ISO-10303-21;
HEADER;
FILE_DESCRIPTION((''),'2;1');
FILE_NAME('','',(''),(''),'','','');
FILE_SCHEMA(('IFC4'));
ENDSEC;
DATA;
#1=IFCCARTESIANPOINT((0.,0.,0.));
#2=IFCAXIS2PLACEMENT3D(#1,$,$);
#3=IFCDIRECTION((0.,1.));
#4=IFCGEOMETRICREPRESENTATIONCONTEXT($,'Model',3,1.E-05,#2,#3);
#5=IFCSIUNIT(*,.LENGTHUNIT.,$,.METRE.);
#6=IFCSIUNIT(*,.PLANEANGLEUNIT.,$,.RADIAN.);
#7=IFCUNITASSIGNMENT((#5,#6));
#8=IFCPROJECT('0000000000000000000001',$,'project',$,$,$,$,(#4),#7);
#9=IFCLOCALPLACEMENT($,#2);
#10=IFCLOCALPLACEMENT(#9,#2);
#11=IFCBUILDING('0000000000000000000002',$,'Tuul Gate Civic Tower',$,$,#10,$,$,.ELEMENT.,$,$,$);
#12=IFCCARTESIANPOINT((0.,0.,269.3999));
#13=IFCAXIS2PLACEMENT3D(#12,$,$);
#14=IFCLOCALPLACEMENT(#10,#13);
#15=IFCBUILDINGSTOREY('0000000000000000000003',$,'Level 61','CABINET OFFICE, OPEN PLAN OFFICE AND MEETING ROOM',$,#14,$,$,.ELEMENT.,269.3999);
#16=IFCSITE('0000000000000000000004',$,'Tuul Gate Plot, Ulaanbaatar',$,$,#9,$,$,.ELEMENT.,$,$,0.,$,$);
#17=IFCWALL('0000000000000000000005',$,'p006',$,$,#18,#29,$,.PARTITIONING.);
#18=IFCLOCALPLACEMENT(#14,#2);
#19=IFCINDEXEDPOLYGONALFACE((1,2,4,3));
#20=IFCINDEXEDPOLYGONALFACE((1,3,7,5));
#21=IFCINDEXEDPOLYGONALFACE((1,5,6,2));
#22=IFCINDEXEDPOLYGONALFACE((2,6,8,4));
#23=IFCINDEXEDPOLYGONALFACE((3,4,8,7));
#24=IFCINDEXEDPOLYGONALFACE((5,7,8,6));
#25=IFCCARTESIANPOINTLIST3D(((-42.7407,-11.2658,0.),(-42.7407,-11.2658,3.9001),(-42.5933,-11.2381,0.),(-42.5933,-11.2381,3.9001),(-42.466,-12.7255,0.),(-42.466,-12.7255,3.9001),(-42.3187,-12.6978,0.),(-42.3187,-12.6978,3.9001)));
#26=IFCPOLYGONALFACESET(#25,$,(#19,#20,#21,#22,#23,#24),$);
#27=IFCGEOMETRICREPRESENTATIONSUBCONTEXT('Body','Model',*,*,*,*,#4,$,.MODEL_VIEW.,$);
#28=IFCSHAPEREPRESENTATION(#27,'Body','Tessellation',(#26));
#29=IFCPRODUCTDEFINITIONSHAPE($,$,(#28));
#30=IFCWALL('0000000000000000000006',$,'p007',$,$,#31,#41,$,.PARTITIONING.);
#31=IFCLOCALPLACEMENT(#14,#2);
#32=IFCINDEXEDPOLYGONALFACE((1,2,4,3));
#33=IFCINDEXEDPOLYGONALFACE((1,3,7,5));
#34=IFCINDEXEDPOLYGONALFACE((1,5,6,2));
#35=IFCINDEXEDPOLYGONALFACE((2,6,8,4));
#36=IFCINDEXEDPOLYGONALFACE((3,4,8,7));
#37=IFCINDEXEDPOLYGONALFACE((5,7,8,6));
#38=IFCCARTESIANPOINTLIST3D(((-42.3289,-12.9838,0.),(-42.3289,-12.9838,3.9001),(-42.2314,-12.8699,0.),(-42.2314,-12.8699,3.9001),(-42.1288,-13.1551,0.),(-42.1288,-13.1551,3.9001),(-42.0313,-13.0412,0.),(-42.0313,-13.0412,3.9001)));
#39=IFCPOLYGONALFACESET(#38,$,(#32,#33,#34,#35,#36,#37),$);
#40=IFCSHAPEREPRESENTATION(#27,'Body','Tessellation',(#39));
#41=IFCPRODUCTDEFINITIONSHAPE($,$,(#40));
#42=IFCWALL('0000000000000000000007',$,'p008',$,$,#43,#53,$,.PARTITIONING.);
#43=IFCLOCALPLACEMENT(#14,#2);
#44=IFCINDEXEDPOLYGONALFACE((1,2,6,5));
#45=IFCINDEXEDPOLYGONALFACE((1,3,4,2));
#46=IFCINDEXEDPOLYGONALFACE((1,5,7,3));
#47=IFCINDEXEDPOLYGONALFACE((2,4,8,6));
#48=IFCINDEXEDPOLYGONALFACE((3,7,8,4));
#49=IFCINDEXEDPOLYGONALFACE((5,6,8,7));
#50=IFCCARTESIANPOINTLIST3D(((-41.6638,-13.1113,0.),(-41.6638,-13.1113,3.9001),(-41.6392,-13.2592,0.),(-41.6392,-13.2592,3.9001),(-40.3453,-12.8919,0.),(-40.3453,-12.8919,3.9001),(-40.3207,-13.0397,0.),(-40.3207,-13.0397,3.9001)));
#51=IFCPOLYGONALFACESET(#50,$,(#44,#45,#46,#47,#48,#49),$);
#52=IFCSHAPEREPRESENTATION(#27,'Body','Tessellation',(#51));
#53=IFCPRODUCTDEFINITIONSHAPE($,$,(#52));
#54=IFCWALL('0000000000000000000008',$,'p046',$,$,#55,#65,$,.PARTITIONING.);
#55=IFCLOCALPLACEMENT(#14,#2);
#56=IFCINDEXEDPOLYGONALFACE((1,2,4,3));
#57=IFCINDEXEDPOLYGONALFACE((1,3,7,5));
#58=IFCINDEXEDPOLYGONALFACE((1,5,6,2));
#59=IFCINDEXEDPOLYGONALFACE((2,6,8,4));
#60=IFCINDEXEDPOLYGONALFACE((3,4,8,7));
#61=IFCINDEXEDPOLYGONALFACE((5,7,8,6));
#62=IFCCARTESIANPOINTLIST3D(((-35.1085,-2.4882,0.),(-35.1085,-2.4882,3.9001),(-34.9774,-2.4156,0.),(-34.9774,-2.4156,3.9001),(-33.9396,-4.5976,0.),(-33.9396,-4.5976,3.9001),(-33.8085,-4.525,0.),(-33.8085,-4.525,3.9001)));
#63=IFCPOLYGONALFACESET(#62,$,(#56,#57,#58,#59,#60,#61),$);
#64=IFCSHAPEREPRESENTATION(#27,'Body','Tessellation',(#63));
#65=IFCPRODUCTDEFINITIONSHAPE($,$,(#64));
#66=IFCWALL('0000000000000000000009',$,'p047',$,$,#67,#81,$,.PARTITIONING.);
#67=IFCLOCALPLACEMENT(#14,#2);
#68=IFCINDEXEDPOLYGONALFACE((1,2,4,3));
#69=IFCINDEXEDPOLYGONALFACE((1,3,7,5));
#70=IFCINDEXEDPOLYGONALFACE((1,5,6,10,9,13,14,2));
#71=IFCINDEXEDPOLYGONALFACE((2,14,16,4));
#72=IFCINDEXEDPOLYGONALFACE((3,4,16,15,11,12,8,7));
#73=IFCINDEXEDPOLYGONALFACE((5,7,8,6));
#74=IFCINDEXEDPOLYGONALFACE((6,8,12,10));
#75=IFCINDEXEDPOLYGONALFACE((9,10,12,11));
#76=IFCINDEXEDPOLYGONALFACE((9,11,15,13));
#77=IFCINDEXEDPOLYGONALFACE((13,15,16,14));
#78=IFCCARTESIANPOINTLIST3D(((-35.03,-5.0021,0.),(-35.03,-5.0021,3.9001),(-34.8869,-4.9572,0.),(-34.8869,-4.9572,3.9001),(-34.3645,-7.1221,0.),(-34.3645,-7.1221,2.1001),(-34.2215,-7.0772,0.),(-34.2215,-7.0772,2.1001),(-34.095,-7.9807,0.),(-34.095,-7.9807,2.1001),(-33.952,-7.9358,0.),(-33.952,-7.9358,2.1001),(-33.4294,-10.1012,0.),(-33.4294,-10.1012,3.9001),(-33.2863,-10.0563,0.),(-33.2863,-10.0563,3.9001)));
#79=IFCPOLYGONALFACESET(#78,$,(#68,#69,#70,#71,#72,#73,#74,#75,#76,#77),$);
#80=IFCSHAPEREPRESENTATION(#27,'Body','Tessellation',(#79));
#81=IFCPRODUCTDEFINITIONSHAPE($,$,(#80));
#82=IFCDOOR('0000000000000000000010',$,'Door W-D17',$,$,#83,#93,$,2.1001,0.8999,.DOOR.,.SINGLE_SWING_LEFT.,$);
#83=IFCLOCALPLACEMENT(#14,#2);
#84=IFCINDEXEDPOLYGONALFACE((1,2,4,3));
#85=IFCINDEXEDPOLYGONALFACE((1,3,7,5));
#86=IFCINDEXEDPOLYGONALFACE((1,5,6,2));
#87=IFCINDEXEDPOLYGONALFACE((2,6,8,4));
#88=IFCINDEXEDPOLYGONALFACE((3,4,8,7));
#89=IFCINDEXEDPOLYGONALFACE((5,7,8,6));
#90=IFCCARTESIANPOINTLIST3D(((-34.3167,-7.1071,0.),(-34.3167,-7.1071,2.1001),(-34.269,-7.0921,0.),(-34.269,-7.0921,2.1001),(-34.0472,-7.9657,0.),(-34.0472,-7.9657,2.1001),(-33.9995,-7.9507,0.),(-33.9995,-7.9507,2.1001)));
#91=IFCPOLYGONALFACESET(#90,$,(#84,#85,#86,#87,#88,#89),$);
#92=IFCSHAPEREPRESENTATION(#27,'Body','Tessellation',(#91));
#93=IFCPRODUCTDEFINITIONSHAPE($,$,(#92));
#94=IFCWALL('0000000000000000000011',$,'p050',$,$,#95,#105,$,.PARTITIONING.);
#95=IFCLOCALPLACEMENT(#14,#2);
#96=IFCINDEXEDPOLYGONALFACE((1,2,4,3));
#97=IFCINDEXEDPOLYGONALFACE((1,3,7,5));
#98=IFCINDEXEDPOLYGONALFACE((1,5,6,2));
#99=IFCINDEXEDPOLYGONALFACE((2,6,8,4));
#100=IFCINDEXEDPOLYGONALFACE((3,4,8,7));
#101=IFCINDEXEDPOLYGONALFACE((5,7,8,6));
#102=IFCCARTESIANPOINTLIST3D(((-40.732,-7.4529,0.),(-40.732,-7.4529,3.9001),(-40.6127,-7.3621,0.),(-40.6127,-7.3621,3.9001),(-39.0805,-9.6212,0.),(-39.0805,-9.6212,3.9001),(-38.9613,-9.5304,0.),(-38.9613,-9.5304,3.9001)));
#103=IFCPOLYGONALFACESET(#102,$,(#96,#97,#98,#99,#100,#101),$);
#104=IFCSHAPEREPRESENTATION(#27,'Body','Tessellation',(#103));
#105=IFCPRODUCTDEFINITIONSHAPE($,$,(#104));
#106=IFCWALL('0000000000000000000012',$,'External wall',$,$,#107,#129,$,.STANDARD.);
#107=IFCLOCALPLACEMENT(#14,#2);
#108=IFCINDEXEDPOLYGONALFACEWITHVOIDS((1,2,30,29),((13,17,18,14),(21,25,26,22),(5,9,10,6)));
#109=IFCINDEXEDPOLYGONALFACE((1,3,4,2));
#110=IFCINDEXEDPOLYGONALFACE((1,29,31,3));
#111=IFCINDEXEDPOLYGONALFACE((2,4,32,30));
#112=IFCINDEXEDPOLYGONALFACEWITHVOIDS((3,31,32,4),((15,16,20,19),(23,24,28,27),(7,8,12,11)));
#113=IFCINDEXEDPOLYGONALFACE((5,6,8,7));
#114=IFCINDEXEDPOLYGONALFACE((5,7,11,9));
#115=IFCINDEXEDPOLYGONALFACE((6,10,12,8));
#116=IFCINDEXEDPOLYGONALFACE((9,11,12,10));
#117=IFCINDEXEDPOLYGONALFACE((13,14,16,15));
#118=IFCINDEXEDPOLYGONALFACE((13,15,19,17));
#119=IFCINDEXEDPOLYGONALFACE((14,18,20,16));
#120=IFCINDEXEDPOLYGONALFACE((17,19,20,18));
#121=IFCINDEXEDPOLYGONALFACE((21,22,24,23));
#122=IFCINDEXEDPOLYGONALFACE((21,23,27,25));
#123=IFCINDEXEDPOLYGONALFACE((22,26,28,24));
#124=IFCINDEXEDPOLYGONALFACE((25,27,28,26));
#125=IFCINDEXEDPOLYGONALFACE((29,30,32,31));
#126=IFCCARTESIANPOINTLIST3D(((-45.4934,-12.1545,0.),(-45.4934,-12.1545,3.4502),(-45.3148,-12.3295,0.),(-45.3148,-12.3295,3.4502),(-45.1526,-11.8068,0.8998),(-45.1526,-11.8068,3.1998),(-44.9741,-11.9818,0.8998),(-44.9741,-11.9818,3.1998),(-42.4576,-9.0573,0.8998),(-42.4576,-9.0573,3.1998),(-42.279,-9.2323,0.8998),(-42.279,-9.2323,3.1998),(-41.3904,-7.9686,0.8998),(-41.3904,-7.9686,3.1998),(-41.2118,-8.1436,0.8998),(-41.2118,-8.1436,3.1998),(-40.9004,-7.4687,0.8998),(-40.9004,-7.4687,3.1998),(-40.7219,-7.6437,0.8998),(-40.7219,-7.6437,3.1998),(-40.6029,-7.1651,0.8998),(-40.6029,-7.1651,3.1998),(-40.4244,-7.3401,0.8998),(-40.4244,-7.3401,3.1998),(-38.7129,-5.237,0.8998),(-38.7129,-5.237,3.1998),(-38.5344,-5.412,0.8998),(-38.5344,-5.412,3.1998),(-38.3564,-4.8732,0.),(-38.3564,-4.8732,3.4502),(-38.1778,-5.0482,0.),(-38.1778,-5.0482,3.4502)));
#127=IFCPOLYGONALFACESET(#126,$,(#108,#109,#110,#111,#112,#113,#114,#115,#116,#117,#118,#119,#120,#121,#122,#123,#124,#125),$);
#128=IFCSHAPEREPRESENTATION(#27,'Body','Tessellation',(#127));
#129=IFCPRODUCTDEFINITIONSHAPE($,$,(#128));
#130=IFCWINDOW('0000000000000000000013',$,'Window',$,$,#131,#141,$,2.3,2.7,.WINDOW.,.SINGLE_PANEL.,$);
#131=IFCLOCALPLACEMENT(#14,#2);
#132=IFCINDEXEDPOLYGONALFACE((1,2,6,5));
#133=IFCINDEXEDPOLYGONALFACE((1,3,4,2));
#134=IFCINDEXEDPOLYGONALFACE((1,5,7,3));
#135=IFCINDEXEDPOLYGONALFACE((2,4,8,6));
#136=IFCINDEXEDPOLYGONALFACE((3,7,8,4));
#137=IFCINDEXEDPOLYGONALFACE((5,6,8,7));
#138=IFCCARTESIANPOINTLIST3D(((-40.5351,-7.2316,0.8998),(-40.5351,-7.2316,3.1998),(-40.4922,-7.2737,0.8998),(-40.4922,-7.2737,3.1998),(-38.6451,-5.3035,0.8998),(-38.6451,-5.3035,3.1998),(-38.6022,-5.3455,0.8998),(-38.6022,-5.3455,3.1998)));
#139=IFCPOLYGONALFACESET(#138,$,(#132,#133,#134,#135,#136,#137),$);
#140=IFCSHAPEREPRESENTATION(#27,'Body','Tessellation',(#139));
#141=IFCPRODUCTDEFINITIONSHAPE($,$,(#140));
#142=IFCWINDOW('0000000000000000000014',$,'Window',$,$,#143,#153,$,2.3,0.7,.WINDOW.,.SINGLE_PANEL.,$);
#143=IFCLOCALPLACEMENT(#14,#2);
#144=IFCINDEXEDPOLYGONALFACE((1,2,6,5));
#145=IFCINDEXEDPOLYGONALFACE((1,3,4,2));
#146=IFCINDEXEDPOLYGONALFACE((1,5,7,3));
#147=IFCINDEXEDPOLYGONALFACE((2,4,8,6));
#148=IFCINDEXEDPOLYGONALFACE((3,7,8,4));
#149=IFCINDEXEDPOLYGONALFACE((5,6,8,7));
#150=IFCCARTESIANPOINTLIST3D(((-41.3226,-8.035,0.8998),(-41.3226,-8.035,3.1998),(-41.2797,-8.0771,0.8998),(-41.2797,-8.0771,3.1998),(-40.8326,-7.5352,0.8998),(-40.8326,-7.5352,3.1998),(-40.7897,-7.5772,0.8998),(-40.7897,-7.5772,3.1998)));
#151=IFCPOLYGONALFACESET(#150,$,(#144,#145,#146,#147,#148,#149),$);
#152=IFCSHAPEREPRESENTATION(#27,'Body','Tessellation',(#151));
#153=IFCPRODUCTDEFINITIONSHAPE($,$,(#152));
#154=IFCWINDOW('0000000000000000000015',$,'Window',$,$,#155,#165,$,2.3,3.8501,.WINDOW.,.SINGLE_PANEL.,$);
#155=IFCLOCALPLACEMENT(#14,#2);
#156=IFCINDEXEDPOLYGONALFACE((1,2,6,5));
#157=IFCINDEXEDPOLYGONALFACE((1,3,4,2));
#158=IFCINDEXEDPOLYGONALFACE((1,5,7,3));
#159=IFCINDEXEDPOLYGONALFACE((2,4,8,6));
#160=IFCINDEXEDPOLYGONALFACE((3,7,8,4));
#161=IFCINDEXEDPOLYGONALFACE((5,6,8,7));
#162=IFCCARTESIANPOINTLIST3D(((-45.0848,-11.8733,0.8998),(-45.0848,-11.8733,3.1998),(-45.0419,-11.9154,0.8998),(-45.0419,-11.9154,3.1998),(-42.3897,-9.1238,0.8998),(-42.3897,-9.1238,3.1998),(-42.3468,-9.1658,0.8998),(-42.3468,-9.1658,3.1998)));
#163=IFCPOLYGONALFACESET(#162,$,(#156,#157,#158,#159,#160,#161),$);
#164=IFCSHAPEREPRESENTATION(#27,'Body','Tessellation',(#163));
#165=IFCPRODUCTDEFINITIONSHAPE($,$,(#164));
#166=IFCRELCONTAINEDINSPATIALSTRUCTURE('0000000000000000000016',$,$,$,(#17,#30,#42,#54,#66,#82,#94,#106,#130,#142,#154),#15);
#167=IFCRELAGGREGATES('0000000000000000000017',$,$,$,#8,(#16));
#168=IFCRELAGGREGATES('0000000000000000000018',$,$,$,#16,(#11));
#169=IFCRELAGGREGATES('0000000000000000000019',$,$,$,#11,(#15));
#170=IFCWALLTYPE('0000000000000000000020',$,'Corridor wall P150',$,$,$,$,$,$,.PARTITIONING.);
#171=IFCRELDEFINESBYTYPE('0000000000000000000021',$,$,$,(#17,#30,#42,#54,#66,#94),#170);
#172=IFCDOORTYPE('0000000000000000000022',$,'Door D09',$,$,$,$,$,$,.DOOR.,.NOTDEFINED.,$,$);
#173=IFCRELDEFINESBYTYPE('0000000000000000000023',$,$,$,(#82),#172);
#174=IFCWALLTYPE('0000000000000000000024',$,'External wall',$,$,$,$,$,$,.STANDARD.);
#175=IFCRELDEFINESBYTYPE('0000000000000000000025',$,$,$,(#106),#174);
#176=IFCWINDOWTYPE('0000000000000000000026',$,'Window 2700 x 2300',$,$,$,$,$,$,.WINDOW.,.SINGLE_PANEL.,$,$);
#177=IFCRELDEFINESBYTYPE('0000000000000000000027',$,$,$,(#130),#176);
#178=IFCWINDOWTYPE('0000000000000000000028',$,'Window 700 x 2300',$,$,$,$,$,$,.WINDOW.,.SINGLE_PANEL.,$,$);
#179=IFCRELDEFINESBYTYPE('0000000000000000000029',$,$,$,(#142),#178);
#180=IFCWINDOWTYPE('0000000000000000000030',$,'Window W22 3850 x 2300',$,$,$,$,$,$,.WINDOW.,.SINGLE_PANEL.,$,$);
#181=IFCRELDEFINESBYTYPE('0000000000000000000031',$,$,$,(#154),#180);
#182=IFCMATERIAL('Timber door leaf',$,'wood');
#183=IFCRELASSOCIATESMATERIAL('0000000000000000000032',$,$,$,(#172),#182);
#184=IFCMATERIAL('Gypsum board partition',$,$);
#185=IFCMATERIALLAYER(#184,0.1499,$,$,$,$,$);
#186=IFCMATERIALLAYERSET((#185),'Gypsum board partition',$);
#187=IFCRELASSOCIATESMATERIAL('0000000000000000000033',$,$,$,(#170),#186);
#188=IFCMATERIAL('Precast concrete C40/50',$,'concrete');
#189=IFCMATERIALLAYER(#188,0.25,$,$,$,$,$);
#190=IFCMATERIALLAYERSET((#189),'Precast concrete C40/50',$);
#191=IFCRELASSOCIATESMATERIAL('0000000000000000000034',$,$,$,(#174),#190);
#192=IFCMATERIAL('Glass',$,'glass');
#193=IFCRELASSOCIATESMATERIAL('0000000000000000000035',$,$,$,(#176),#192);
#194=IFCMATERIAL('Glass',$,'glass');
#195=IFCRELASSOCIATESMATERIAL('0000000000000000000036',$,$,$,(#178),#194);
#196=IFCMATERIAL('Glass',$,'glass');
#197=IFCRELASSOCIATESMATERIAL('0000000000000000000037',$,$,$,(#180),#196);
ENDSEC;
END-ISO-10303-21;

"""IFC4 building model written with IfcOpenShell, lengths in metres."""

from ifc_helpers import new_model, si_unit, direction, frame, frame_2d, origin, place, context, subcontext, project, spatial, rectangle, extrude, material, layer, layer_set, type_object, element, fill, save


model = new_model("IFC4")

# Units and contexts
model_context = context("Model", 3, precision=1e-05, world=origin(), true_north=direction((0.0, 1.0)))
body_context = subcontext(model_context, "Body", "Model", "MODEL_VIEW")
ifc_project = project(units=[si_unit("LENGTHUNIT", "METRE"), si_unit("PLANEANGLEUNIT", "RADIAN")], contexts=[model_context])

# Site, building, storey
site_placement = place(None, origin())
site = spatial("IfcSite", under=ifc_project, at=site_placement, Name="Tuul Gate Plot, Ulaanbaatar", CompositionType="ELEMENT", RefElevation=0.0)
building_placement = place(site_placement, origin())
building = spatial("IfcBuilding", under=site, at=building_placement, Name="Tuul Gate Civic Tower", CompositionType="ELEMENT")
storey_placement = place(building_placement, frame((0.0, 0.0, 269.3999)))
storey = spatial("IfcBuildingStorey", under=building, at=storey_placement, Name="Level 61", Description="CABINET OFFICE, OPEN PLAN OFFICE AND MEETING ROOM", CompositionType="ELEMENT", Elevation=269.3999)

# Shared definitions
ifc_material_1 = material(Name="Timber door leaf", Category="wood")
door_type = type_object("IfcDoorType", Name="Door D09", OperationType="NOTDEFINED", PredefinedType="DOOR", material=ifc_material_1)

# Shared definitions
ifc_material_2 = material(Name="Gypsum board partition")
ifc_layer_1 = layer(ifc_material_2, 0.1499)
ifc_layer_set_1 = layer_set([ifc_layer_1], Name="Gypsum board partition")
wall_type_1 = type_object("IfcWallType", Name="Corridor wall P150", PredefinedType="PARTITIONING", material=ifc_layer_set_1)

# Walls
wall_1_placement = place(storey_placement, frame((-42.667, -11.252, 0.0), z_axis=(0.0, 0.0, 1.0), x_axis=(0.184914, -0.982755, 0.0)))
element("IfcWall", 1, at=wall_1_placement, inside=storey, type_object=wall_type_1, Name="p006", PredefinedType="PARTITIONING", context=body_context, shape_type="SweptSolid", body=[
    extrude(rectangle(XDim=1.4854, YDim=0.1499, at=frame_2d((0.7427, 0.0))), origin(), (0.0, 0.0, 1.0), 3.9001),
])
wall_2_placement = place(storey_placement, frame((-42.2803, -12.9268, 0.0), z_axis=(0.0, 0.0, 1.0), x_axis=(0.759649, -0.650334, 0.0)))
element("IfcWall", 2, at=wall_2_placement, inside=storey, type_object=wall_type_1, Name="p007", PredefinedType="PARTITIONING", context=body_context, shape_type="SweptSolid", body=[
    extrude(rectangle(XDim=0.2634, YDim=0.1499, at=frame_2d((0.1318, 0.0))), origin(), (0.0, 0.0, 1.0), 3.9001),
])
wall_3_placement = place(storey_placement, frame((-41.6516, -13.1853, 0.0), z_axis=(0.0, 0.0, 1.0), x_axis=(0.986428, 0.164192, 0.0)))
element("IfcWall", 3, at=wall_3_placement, inside=storey, type_object=wall_type_1, Name="p008", PredefinedType="PARTITIONING", context=body_context, shape_type="SweptSolid", body=[
    extrude(rectangle(XDim=1.3367, YDim=0.1499, at=frame_2d((0.6685, 0.0))), origin(), (0.0, 0.0, 1.0), 3.9001),
])
wall_4_placement = place(storey_placement, frame((-35.043, -2.4519, 0.0), z_axis=(0.0, 0.0, 1.0), x_axis=(0.484714, -0.874673, 0.0)))
element("IfcWall", 4, at=wall_4_placement, inside=storey, type_object=wall_type_1, Name="p046", PredefinedType="PARTITIONING", context=body_context, shape_type="SweptSolid", body=[
    extrude(rectangle(XDim=2.4116, YDim=0.1499, at=frame_2d((1.2058, 0.0))), origin(), (0.0, 0.0, 1.0), 3.9001),
])

# Wall, opening, door
wall_5_placement = place(storey_placement, frame((-34.9585, -4.9795, 0.0), z_axis=(0.0, 0.0, 1.0), x_axis=(0.299487, -0.9541, 0.0)))
wall_5 = element("IfcWall", 5, at=wall_5_placement, inside=storey, type_object=wall_type_1, Name="p047", PredefinedType="PARTITIONING", context=body_context, shape_type="SweptSolid", body=[
    extrude(rectangle(XDim=5.3445, YDim=0.1499, at=frame_2d((2.6724, 0.0))), origin(), (0.0, 0.0, 1.0), 3.9001),
])
opening_1_placement = place(wall_5_placement, frame((2.2222, 0.0, 0.0)))
opening_1 = element("IfcOpeningElement", 6, at=opening_1_placement, cuts=wall_5, PredefinedType="OPENING", context=body_context, shape_type="SweptSolid", body=[
    extrude(rectangle(XDim=0.8999, YDim=2.1001, at=frame_2d((0.45, 1.05))), frame((0.0, 0.085, 0.0), z_axis=(0.0, -1.0, 0.0), x_axis=(1.0, 0.0, 0.0)), (0.0, 0.0, 1.0), 0.1699),
])
door_1_placement = place(opening_1_placement, frame((0.8999, 0.0, 0.0), z_axis=(0.0, 0.0, 1.0), x_axis=(-1.0, 0.0, 0.0)))
door_1 = element("IfcDoor", 7, at=door_1_placement, inside=storey, type_object=door_type, Name="Door W-D17", OperationType="SINGLE_SWING_LEFT", OverallHeight=2.1001, OverallWidth=0.8999, PredefinedType="DOOR", context=body_context, shape_type="SweptSolid", body=[
    extrude(rectangle(XDim=0.8999, YDim=2.1001, at=frame_2d((0.45, 1.05))), frame((0.0, 0.0249, 0.0), z_axis=(0.0, -1.0, 0.0), x_axis=(1.0, 0.0, 0.0)), (0.0, 0.0, 1.0), 0.05),
])
fill(opening_1, door_1)

# Wall
wall_6_placement = place(storey_placement, frame((-40.6724, -7.4075, 0.0), z_axis=(0.0, 0.0, 1.0), x_axis=(0.605903, -0.795539, 0.0)))
element("IfcWall", 8, at=wall_6_placement, inside=storey, type_object=wall_type_1, Name="p050", PredefinedType="PARTITIONING", context=body_context, shape_type="SweptSolid", body=[
    extrude(rectangle(XDim=2.7256, YDim=0.1499, at=frame_2d((1.3628, 0.0))), origin(), (0.0, 0.0, 1.0), 3.9001),
])

# Wall, openings, windows
ifc_material_3 = material(Name="Precast concrete C40/50", Category="concrete")
ifc_layer_2 = layer(ifc_material_3, 0.25)
ifc_layer_set_2 = layer_set([ifc_layer_2], Name="Precast concrete C40/50")
wall_type_2 = type_object("IfcWallType", Name="External wall", PredefinedType="STANDARD", material=ifc_layer_set_2)
wall_7_placement = place(storey_placement, frame((-38.2671, -4.9607, 0.0), z_axis=(0.0, 0.0, 1.0), x_axis=(-0.699996, -0.714147, 0.0)))
wall_7 = element("IfcWall", 9, at=wall_7_placement, inside=storey, type_object=wall_type_2, Name="External wall", PredefinedType="STANDARD", context=body_context, shape_type="SweptSolid", body=[
    extrude(rectangle(XDim=10.1958, YDim=0.25, at=frame_2d((5.0979, 0.0))), origin(), (0.0, 0.0, 1.0), 3.4502),
])
opening_2_placement = place(wall_7_placement, frame((5.8589, 0.0, 0.8999)))
opening_2 = element("IfcOpeningElement", 10, at=opening_2_placement, cuts=wall_7, PredefinedType="OPENING", context=body_context, shape_type="SweptSolid", body=[
    extrude(rectangle(XDim=3.8501, YDim=2.3, at=frame_2d((1.925, 1.1499))), frame((0.0, 0.135, 0.0), z_axis=(0.0, -1.0, 0.0), x_axis=(1.0, 0.0, 0.0)), (0.0, 0.0, 1.0), 0.27),
])
opening_3_placement = place(wall_7_placement, frame((0.5093, 0.0, 0.8999)))
opening_3 = element("IfcOpeningElement", 11, at=opening_3_placement, cuts=wall_7, PredefinedType="OPENING", context=body_context, shape_type="SweptSolid", body=[
    extrude(rectangle(XDim=2.7, YDim=2.3, at=frame_2d((1.3501, 1.1499))), frame((0.0, 0.135, 0.0), z_axis=(0.0, -1.0, 0.0), x_axis=(1.0, 0.0, 0.0)), (0.0, 0.0, 1.0), 0.27),
])
opening_4_placement = place(wall_7_placement, frame((3.6343, 0.0, 0.8999)))
opening_4 = element("IfcOpeningElement", 12, at=opening_4_placement, cuts=wall_7, PredefinedType="OPENING", context=body_context, shape_type="SweptSolid", body=[
    extrude(rectangle(XDim=0.7, YDim=2.3, at=frame_2d((0.3501, 1.1499))), frame((0.0, 0.135, 0.0), z_axis=(0.0, -1.0, 0.0), x_axis=(1.0, 0.0, 0.0)), (0.0, 0.0, 1.0), 0.27),
])
ifc_material_4 = material(Name="Glass", Category="glass")
window_type_1 = type_object("IfcWindowType", Name="Window 2700 x 2300", PartitioningType="SINGLE_PANEL", PredefinedType="WINDOW", material=ifc_material_4)
window_1_placement = place(opening_3_placement, origin())
window_1 = element("IfcWindow", 13, at=window_1_placement, inside=storey, type_object=window_type_1, Name="Window", OverallHeight=2.3, OverallWidth=2.7, PartitioningType="SINGLE_PANEL", PredefinedType="WINDOW", context=body_context, shape_type="SweptSolid", body=[
    extrude(rectangle(XDim=2.7, YDim=2.3, at=frame_2d((1.3501, 1.1499))), frame((0.0, 0.03, 0.0), z_axis=(0.0, -1.0, 0.0), x_axis=(1.0, 0.0, 0.0)), (0.0, 0.0, 1.0), 0.0601),
])
fill(opening_3, window_1)
ifc_material_5 = material(Name="Glass", Category="glass")
window_type_2 = type_object("IfcWindowType", Name="Window 700 x 2300", PartitioningType="SINGLE_PANEL", PredefinedType="WINDOW", material=ifc_material_5)
window_2_placement = place(opening_4_placement, origin())
window_2 = element("IfcWindow", 14, at=window_2_placement, inside=storey, type_object=window_type_2, Name="Window", OverallHeight=2.3, OverallWidth=0.7, PartitioningType="SINGLE_PANEL", PredefinedType="WINDOW", context=body_context, shape_type="SweptSolid", body=[
    extrude(rectangle(XDim=0.7, YDim=2.3, at=frame_2d((0.3501, 1.1499))), frame((0.0, 0.03, 0.0), z_axis=(0.0, -1.0, 0.0), x_axis=(1.0, 0.0, 0.0)), (0.0, 0.0, 1.0), 0.0601),
])
fill(opening_4, window_2)
ifc_material_6 = material(Name="Glass", Category="glass")
window_type_3 = type_object("IfcWindowType", Name="Window W22 3850 x 2300", PartitioningType="SINGLE_PANEL", PredefinedType="WINDOW", material=ifc_material_6)
window_3_placement = place(opening_2_placement, origin())
window_3 = element("IfcWindow", 15, at=window_3_placement, inside=storey, type_object=window_type_3, Name="Window", OverallHeight=2.3, OverallWidth=3.8501, PartitioningType="SINGLE_PANEL", PredefinedType="WINDOW", context=body_context, shape_type="SweptSolid", body=[
    extrude(rectangle(XDim=3.8501, YDim=2.3, at=frame_2d((1.925, 1.1499))), frame((0.0, 0.03, 0.0), z_axis=(0.0, -1.0, 0.0), x_axis=(1.0, 0.0, 0.0)), (0.0, 0.0, 1.0), 0.0601),
])
fill(opening_2, window_3)

save(model, "model.ifc")
